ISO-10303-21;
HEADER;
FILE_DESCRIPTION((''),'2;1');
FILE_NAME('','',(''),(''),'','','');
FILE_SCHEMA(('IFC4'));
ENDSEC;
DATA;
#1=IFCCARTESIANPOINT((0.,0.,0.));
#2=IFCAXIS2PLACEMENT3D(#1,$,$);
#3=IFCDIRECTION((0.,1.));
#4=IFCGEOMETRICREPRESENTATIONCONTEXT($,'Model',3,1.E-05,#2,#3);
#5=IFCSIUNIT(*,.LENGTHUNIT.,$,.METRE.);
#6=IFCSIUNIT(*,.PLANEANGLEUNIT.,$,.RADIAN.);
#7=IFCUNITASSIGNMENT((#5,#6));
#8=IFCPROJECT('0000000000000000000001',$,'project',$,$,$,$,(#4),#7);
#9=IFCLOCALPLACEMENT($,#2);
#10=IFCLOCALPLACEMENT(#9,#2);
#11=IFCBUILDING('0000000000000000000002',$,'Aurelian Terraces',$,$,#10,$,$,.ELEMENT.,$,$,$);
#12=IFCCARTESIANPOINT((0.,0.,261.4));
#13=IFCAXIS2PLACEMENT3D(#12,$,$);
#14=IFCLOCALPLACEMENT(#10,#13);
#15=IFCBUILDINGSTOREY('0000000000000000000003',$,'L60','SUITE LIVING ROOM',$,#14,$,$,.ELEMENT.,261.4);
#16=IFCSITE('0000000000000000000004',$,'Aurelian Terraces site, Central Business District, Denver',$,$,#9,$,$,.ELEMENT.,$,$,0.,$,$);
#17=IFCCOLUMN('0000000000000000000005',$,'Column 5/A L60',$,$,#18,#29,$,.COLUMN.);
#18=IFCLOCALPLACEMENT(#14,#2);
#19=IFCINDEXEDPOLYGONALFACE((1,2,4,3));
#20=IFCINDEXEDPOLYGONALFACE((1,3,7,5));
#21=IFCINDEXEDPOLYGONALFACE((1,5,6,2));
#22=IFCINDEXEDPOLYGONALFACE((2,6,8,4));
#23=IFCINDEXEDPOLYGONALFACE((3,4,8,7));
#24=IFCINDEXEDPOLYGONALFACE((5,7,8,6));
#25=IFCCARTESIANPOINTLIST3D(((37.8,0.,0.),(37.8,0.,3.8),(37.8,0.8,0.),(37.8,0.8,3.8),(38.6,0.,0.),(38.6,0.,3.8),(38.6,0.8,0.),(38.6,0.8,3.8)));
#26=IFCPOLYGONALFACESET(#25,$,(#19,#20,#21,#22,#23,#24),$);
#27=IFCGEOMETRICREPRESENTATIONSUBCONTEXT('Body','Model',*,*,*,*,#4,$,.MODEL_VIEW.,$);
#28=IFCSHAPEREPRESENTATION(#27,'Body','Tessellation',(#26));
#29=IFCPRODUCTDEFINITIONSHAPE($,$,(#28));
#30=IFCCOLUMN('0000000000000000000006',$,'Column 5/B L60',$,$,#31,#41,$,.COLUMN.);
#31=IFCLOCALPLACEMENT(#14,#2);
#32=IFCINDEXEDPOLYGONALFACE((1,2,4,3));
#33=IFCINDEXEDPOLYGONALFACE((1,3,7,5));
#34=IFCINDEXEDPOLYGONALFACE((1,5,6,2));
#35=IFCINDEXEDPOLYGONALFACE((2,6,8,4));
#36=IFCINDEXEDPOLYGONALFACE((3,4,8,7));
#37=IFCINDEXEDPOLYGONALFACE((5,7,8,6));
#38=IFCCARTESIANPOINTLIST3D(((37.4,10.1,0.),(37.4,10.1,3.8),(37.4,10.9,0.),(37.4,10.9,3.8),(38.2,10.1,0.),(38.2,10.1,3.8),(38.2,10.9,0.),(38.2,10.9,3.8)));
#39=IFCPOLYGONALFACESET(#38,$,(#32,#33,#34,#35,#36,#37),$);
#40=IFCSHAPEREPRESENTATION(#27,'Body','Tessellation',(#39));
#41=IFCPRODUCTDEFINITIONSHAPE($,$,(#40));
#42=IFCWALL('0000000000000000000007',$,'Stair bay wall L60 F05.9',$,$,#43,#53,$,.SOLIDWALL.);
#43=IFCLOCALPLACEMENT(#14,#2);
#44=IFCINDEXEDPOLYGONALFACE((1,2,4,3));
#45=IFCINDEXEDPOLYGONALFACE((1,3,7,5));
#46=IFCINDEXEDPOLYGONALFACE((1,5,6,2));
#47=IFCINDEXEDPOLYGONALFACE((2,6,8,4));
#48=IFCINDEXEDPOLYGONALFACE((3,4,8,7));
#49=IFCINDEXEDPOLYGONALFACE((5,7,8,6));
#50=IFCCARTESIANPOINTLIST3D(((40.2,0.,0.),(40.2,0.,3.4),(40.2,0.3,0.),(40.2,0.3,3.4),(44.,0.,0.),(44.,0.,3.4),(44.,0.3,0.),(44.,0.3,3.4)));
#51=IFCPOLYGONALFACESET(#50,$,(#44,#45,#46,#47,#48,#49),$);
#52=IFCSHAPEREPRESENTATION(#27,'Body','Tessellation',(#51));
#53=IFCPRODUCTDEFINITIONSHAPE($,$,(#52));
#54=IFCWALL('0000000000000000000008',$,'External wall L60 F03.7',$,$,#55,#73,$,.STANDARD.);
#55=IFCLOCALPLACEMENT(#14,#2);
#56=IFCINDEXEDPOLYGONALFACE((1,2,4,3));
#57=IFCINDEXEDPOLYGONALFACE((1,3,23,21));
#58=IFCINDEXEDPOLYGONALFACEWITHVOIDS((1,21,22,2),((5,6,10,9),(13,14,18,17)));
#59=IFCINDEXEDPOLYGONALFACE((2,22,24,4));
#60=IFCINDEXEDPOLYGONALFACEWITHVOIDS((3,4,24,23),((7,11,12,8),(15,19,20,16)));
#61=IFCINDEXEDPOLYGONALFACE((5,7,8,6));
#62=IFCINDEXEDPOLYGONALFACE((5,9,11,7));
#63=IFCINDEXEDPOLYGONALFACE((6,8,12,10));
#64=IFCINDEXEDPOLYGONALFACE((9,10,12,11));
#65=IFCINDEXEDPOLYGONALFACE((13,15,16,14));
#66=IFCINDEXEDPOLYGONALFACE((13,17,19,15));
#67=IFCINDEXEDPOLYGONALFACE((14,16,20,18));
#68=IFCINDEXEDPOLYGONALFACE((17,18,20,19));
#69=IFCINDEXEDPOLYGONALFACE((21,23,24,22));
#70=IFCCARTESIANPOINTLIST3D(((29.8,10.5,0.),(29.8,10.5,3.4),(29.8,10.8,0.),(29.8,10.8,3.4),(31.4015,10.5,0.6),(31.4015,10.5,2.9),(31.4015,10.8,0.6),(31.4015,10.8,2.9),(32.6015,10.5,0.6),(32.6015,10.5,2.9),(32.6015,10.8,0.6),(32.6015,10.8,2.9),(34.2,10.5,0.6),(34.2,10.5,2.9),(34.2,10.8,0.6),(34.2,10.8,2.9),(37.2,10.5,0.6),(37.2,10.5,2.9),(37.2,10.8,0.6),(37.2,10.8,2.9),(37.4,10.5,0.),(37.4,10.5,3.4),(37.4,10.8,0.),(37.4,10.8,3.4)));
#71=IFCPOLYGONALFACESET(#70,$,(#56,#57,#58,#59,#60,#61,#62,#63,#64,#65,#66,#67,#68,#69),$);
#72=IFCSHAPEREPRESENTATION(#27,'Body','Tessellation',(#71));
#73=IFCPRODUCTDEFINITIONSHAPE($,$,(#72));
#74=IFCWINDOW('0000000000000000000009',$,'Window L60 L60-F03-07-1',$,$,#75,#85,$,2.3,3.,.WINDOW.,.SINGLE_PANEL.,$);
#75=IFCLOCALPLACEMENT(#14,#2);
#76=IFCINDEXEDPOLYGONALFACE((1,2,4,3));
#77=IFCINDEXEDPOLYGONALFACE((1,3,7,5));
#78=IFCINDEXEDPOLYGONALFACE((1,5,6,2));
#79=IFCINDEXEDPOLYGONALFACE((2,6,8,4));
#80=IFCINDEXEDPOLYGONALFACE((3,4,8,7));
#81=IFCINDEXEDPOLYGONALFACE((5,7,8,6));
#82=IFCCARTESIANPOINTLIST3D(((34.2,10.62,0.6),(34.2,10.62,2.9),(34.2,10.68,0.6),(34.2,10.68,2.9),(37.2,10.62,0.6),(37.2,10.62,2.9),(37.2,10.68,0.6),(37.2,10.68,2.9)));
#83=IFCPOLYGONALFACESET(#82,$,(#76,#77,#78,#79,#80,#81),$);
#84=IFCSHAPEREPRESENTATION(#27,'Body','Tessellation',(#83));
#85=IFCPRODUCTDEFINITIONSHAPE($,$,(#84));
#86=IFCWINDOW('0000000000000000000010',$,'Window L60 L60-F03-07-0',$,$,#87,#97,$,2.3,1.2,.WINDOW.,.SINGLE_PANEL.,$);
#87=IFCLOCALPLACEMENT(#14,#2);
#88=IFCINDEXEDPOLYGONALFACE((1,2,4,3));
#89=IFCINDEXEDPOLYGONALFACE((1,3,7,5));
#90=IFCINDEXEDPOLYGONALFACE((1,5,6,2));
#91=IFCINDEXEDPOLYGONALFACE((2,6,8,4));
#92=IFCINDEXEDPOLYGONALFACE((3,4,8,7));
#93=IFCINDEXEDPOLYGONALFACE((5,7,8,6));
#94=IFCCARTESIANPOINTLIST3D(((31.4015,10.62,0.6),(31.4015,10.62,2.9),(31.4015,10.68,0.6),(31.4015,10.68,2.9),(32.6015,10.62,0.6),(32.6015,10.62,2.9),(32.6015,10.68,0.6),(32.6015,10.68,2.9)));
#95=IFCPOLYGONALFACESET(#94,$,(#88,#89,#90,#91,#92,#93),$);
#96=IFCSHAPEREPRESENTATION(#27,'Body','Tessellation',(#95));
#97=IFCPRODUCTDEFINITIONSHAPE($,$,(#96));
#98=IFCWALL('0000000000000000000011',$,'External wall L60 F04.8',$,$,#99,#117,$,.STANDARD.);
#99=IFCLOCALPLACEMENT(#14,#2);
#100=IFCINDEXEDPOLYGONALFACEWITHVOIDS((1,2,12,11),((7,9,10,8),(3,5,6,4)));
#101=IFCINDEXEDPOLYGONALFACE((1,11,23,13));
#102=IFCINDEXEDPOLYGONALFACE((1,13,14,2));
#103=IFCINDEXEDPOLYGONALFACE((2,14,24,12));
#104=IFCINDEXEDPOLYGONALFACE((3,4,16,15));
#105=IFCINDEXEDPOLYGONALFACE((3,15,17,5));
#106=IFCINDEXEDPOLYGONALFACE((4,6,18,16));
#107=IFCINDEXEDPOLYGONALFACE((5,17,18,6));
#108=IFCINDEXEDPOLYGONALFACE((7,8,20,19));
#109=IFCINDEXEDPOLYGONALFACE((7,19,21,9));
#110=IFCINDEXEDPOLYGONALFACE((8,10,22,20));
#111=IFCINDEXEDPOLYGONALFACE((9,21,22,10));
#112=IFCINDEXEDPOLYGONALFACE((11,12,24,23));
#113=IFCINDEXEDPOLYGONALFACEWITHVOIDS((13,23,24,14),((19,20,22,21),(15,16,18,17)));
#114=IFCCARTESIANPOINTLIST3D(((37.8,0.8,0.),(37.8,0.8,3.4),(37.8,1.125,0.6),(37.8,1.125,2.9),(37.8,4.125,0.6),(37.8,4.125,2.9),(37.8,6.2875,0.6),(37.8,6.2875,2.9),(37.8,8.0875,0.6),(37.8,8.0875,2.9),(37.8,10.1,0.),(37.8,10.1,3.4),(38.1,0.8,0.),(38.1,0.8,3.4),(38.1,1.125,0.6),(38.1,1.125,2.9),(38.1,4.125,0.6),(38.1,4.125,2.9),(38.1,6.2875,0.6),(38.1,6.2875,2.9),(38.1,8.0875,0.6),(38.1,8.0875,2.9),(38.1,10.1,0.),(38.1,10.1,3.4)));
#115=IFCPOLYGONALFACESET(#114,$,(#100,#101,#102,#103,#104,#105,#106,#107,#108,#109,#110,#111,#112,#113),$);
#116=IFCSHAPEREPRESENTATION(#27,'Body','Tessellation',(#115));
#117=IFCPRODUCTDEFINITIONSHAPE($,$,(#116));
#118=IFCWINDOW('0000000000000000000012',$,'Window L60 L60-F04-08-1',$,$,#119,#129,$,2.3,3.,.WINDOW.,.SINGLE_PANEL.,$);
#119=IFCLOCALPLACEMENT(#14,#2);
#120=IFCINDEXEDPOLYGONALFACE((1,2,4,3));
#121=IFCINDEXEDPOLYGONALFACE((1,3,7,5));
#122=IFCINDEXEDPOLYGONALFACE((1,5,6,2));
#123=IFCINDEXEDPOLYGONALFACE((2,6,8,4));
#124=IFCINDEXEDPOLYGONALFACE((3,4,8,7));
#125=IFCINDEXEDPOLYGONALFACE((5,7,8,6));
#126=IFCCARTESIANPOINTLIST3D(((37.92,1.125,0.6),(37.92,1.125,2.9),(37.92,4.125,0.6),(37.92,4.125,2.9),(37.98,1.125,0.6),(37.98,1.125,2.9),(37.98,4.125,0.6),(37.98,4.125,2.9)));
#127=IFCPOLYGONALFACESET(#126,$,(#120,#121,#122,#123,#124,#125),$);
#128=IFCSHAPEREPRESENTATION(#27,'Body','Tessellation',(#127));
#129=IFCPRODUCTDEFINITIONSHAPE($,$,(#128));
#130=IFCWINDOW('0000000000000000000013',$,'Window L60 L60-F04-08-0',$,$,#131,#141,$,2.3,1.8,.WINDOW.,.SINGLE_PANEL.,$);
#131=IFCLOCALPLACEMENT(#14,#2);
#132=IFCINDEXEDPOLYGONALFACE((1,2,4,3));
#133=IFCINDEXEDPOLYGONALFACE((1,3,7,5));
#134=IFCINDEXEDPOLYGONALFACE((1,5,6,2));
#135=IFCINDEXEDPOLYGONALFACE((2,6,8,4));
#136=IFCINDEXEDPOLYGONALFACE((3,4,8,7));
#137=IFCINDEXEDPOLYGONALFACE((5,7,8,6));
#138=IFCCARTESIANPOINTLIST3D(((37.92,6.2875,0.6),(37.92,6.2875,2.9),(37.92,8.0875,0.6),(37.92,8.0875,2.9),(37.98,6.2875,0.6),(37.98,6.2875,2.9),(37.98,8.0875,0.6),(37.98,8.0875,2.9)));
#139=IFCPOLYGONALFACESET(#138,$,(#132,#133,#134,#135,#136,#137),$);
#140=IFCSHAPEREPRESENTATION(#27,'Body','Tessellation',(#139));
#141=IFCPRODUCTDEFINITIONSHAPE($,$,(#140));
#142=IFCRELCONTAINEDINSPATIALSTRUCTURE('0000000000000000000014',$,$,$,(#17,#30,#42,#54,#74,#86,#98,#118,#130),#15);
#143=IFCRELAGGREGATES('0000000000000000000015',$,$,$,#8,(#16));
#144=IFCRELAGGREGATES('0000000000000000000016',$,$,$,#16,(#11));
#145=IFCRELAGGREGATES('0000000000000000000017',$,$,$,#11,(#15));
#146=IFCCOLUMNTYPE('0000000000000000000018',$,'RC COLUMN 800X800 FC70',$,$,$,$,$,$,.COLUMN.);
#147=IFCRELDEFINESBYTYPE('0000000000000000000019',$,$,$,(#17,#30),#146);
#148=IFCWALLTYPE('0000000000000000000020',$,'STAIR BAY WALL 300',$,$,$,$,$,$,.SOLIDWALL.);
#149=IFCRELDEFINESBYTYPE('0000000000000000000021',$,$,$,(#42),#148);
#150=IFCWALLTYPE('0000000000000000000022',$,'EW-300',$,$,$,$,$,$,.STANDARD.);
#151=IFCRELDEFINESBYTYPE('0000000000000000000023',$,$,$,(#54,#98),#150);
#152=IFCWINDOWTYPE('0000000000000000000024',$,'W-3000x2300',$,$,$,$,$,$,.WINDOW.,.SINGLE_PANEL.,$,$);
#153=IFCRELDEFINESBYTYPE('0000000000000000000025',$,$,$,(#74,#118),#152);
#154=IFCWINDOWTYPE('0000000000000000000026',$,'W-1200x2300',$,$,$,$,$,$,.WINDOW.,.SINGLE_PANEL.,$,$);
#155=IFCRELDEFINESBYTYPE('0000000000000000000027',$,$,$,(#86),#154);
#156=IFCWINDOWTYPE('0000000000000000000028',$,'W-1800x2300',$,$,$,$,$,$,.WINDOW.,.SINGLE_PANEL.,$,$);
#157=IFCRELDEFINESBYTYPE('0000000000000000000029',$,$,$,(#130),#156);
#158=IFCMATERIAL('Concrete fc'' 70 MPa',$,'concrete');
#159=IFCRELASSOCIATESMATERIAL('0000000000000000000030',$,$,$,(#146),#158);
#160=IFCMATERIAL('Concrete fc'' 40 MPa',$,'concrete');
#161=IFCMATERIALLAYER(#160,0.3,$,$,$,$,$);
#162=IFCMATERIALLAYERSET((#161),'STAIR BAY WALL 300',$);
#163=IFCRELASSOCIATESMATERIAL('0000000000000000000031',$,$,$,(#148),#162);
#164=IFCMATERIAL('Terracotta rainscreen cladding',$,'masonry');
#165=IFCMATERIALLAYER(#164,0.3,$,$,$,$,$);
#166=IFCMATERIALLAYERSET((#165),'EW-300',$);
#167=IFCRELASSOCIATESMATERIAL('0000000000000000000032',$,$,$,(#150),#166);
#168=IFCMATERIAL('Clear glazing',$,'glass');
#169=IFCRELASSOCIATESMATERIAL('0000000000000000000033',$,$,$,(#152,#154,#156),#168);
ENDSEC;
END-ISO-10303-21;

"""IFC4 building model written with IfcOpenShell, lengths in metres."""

from ifc_helpers import new_model, si_unit, direction, frame, frame_2d, origin, origin_2d, place, context, subcontext, project, spatial, rectangle, extrude, source, transform, mapped, material, layer, layer_set, material_profile, profile_set, type_object, element, fill, save


model = new_model("IFC4")

# Units and contexts
model_context = context("Model", 3, precision=1e-05, world=origin(), true_north=direction((0.0, 1.0)))
body_context = subcontext(model_context, "Body", "Model", "MODEL_VIEW")
ifc_project = project(units=[si_unit("LENGTHUNIT", "METRE"), si_unit("PLANEANGLEUNIT", "RADIAN")], contexts=[model_context])

# Site, building, storey
site_placement = place(None, origin())
site = spatial("IfcSite", under=ifc_project, at=site_placement, Name="Aurelian Terraces site, Central Business District, Denver", CompositionType="ELEMENT", RefElevation=0.0)
building_placement = place(site_placement, origin())
building = spatial("IfcBuilding", under=site, at=building_placement, Name="Aurelian Terraces", CompositionType="ELEMENT")
storey_placement = place(building_placement, frame((0.0, 0.0, 261.4)))
storey = spatial("IfcBuildingStorey", under=building, at=storey_placement, Name="L60", Description="SUITE LIVING ROOM", CompositionType="ELEMENT", Elevation=261.4)

# Columns
ifc_material_1 = material(Name="Concrete fc' 70 MPa", Category="concrete")
ifc_material_profile = material_profile(ifc_material_1, rectangle(XDim=0.8, YDim=0.8, at=origin_2d()))
ifc_profile_set = profile_set([ifc_material_profile], Name="Concrete fc' 70 MPa")
column_type = type_object("IfcColumnType", Name="RC COLUMN 800X800 FC70", PredefinedType="COLUMN", material=ifc_profile_set)
shared_shape_1 = source(origin(), body_context, "Body", "SweptSolid", [
    extrude(rectangle(XDim=0.8, YDim=0.8, at=origin_2d()), origin(), (0.0, 0.0, 1.0), 3.8),
])
for number, where, z_axis, x_axis, name in (
    (1, (38.2, 0.4, 0.0), (0.0, 0.0, 1.0), (1.0, 0.0, 0.0), "Column 5/A L60"),
    (2, (37.8, 10.5, 0.0), (0.0, 0.0, 1.0), (1.0, 0.0, 0.0), "Column 5/B L60"),
):
    element("IfcColumn", number, at=place(storey_placement, frame(where, z_axis=z_axis, x_axis=x_axis)), inside=storey, type_object=column_type, Name=name, PredefinedType="COLUMN", context=body_context, shape_type="MappedRepresentation", body=[
        mapped(shared_shape_1, transform((0.0, 0.0, 0.0), scale=1.0)),
    ])

# Wall
ifc_material_2 = material(Name="Concrete fc' 40 MPa", Category="concrete")
ifc_layer_1 = layer(ifc_material_2, 0.3)
ifc_layer_set_1 = layer_set([ifc_layer_1], Name="STAIR BAY WALL 300")
wall_type_1 = type_object("IfcWallType", Name="STAIR BAY WALL 300", PredefinedType="SOLIDWALL", material=ifc_layer_set_1)
shared_shape_2 = source(origin(), body_context, "Body", "SweptSolid", [
    extrude(rectangle(XDim=3.8, YDim=0.3, at=frame_2d((1.9, 0.0))), origin(), (0.0, 0.0, 1.0), 3.4),
])
wall_1_placement = place(storey_placement, frame((40.2, 0.15, 0.0), z_axis=(0.0, 0.0, 1.0), x_axis=(1.0, 0.0, 0.0)))
element("IfcWall", 3, at=wall_1_placement, inside=storey, type_object=wall_type_1, Name="Stair bay wall L60 F05.9", PredefinedType="SOLIDWALL", context=body_context, shape_type="MappedRepresentation", body=[
    mapped(shared_shape_2, transform((0.0, 0.0, 0.0), scale=1.0)),
])

# Walls, openings, windows
ifc_material_3 = material(Name="Terracotta rainscreen cladding", Category="masonry")
ifc_layer_2 = layer(ifc_material_3, 0.3)
ifc_layer_set_2 = layer_set([ifc_layer_2], Name="EW-300")
wall_type_2 = type_object("IfcWallType", Name="EW-300", PredefinedType="STANDARD", material=ifc_layer_set_2)
shared_shape_3 = source(origin(), body_context, "Body", "SweptSolid", [
    extrude(rectangle(XDim=7.6, YDim=0.3, at=frame_2d((3.8, 0.0))), origin(), (0.0, 0.0, 1.0), 3.4),
])
wall_2_placement = place(storey_placement, frame((29.8, 10.65, 0.0), z_axis=(0.0, 0.0, 1.0), x_axis=(1.0, 0.0, 0.0)))
wall_2 = element("IfcWall", 4, at=wall_2_placement, inside=storey, type_object=wall_type_2, Name="External wall L60 F03.7", PredefinedType="STANDARD", context=body_context, shape_type="MappedRepresentation", body=[
    mapped(shared_shape_3, transform((0.0, 0.0, 0.0), scale=1.0)),
])
shared_shape_4 = source(origin(), body_context, "Body", "SweptSolid", [
    extrude(rectangle(XDim=1.2, YDim=2.3, at=frame_2d((0.6, 1.15))), frame((0.0, 0.16, 0.0), z_axis=(0.0, -1.0, 0.0), x_axis=(1.0, 0.0, 0.0)), (0.0, 0.0, 1.0), 0.32),
])
opening_1_placement = place(wall_2_placement, frame((1.6015, 0.0, 0.6)))
opening_1 = element("IfcOpeningElement", 5, at=opening_1_placement, cuts=wall_2, PredefinedType="OPENING", context=body_context, shape_type="MappedRepresentation", body=[
    mapped(shared_shape_4, transform((0.0, 0.0, 0.0), scale=1.0)),
])
shared_shape_5 = source(origin(), body_context, "Body", "SweptSolid", [
    extrude(rectangle(XDim=3.0, YDim=2.3, at=frame_2d((1.5, 1.15))), frame((0.0, 0.16, 0.0), z_axis=(0.0, -1.0, 0.0), x_axis=(1.0, 0.0, 0.0)), (0.0, 0.0, 1.0), 0.32),
])
opening_2_placement = place(wall_2_placement, frame((4.4, 0.0, 0.6)))
opening_2 = element("IfcOpeningElement", 6, at=opening_2_placement, cuts=wall_2, PredefinedType="OPENING", context=body_context, shape_type="MappedRepresentation", body=[
    mapped(shared_shape_5, transform((0.0, 0.0, 0.0), scale=1.0)),
])
ifc_material_4 = material(Name="Clear glazing", Category="glass")
window_type_1 = type_object("IfcWindowType", Name="W-3000x2300", PartitioningType="SINGLE_PANEL", PredefinedType="WINDOW", material=ifc_material_4)
shared_shape_6 = source(origin(), body_context, "Body", "SweptSolid", [
    extrude(rectangle(XDim=3.0, YDim=2.3, at=frame_2d((1.5, 1.15))), frame((0.0, 0.03, 0.0), z_axis=(0.0, -1.0, 0.0), x_axis=(1.0, 0.0, 0.0)), (0.0, 0.0, 1.0), 0.06),
])
window_1_placement = place(opening_2_placement, origin())
window_1 = element("IfcWindow", 7, at=window_1_placement, inside=storey, type_object=window_type_1, Name="Window L60 L60-F03-07-1", OverallHeight=2.3, OverallWidth=3.0, PartitioningType="SINGLE_PANEL", PredefinedType="WINDOW", context=body_context, shape_type="MappedRepresentation", body=[
    mapped(shared_shape_6, transform((0.0, 0.0, 0.0), scale=1.0)),
])
fill(opening_2, window_1)
window_type_2 = type_object("IfcWindowType", Name="W-1200x2300", PartitioningType="SINGLE_PANEL", PredefinedType="WINDOW", material=ifc_material_4)
shared_shape_7 = source(origin(), body_context, "Body", "SweptSolid", [
    extrude(rectangle(XDim=1.2, YDim=2.3, at=frame_2d((0.6, 1.15))), frame((0.0, 0.03, 0.0), z_axis=(0.0, -1.0, 0.0), x_axis=(1.0, 0.0, 0.0)), (0.0, 0.0, 1.0), 0.06),
])
window_2_placement = place(opening_1_placement, origin())
window_2 = element("IfcWindow", 8, at=window_2_placement, inside=storey, type_object=window_type_2, Name="Window L60 L60-F03-07-0", OverallHeight=2.3, OverallWidth=1.2, PartitioningType="SINGLE_PANEL", PredefinedType="WINDOW", context=body_context, shape_type="MappedRepresentation", body=[
    mapped(shared_shape_7, transform((0.0, 0.0, 0.0), scale=1.0)),
])
fill(opening_1, window_2)
shared_shape_8 = source(origin(), body_context, "Body", "SweptSolid", [
    extrude(rectangle(XDim=9.3, YDim=0.3, at=frame_2d((4.65, 0.0))), origin(), (0.0, 0.0, 1.0), 3.4),
])
wall_3_placement = place(storey_placement, frame((37.95, 10.1, 0.0), z_axis=(0.0, 0.0, 1.0), x_axis=(0.0, -1.0, 0.0)))
wall_3 = element("IfcWall", 9, at=wall_3_placement, inside=storey, type_object=wall_type_2, Name="External wall L60 F04.8", PredefinedType="STANDARD", context=body_context, shape_type="MappedRepresentation", body=[
    mapped(shared_shape_8, transform((0.0, 0.0, 0.0), scale=1.0)),
])
shared_shape_9 = source(origin(), body_context, "Body", "SweptSolid", [
    extrude(rectangle(XDim=1.8, YDim=2.3, at=frame_2d((0.9, 1.15))), frame((0.0, 0.16, 0.0), z_axis=(0.0, -1.0, 0.0), x_axis=(1.0, 0.0, 0.0)), (0.0, 0.0, 1.0), 0.32),
])
opening_3_placement = place(wall_3_placement, frame((2.0125, 0.0, 0.6)))
opening_3 = element("IfcOpeningElement", 10, at=opening_3_placement, cuts=wall_3, PredefinedType="OPENING", context=body_context, shape_type="MappedRepresentation", body=[
    mapped(shared_shape_9, transform((0.0, 0.0, 0.0), scale=1.0)),
])
opening_4_placement = place(wall_3_placement, frame((5.975, 0.0, 0.6)))
opening_4 = element("IfcOpeningElement", 11, at=opening_4_placement, cuts=wall_3, PredefinedType="OPENING", context=body_context, shape_type="MappedRepresentation", body=[
    mapped(shared_shape_5, transform((0.0, 0.0, 0.0), scale=1.0)),
])
window_3_placement = place(opening_4_placement, origin())
window_3 = element("IfcWindow", 12, at=window_3_placement, inside=storey, type_object=window_type_1, Name="Window L60 L60-F04-08-1", OverallHeight=2.3, OverallWidth=3.0, PartitioningType="SINGLE_PANEL", PredefinedType="WINDOW", context=body_context, shape_type="MappedRepresentation", body=[
    mapped(shared_shape_6, transform((0.0, 0.0, 0.0), scale=1.0)),
])
fill(opening_4, window_3)
window_type_3 = type_object("IfcWindowType", Name="W-1800x2300", PartitioningType="SINGLE_PANEL", PredefinedType="WINDOW", material=ifc_material_4)
shared_shape_10 = source(origin(), body_context, "Body", "SweptSolid", [
    extrude(rectangle(XDim=1.8, YDim=2.3, at=frame_2d((0.9, 1.15))), frame((0.0, 0.03, 0.0), z_axis=(0.0, -1.0, 0.0), x_axis=(1.0, 0.0, 0.0)), (0.0, 0.0, 1.0), 0.06),
])
window_4_placement = place(opening_3_placement, origin())
window_4 = element("IfcWindow", 13, at=window_4_placement, inside=storey, type_object=window_type_3, Name="Window L60 L60-F04-08-0", OverallHeight=2.3, OverallWidth=1.8, PartitioningType="SINGLE_PANEL", PredefinedType="WINDOW", context=body_context, shape_type="MappedRepresentation", body=[
    mapped(shared_shape_10, transform((0.0, 0.0, 0.0), scale=1.0)),
])
fill(opening_3, window_4)

save(model, "model.ifc")
